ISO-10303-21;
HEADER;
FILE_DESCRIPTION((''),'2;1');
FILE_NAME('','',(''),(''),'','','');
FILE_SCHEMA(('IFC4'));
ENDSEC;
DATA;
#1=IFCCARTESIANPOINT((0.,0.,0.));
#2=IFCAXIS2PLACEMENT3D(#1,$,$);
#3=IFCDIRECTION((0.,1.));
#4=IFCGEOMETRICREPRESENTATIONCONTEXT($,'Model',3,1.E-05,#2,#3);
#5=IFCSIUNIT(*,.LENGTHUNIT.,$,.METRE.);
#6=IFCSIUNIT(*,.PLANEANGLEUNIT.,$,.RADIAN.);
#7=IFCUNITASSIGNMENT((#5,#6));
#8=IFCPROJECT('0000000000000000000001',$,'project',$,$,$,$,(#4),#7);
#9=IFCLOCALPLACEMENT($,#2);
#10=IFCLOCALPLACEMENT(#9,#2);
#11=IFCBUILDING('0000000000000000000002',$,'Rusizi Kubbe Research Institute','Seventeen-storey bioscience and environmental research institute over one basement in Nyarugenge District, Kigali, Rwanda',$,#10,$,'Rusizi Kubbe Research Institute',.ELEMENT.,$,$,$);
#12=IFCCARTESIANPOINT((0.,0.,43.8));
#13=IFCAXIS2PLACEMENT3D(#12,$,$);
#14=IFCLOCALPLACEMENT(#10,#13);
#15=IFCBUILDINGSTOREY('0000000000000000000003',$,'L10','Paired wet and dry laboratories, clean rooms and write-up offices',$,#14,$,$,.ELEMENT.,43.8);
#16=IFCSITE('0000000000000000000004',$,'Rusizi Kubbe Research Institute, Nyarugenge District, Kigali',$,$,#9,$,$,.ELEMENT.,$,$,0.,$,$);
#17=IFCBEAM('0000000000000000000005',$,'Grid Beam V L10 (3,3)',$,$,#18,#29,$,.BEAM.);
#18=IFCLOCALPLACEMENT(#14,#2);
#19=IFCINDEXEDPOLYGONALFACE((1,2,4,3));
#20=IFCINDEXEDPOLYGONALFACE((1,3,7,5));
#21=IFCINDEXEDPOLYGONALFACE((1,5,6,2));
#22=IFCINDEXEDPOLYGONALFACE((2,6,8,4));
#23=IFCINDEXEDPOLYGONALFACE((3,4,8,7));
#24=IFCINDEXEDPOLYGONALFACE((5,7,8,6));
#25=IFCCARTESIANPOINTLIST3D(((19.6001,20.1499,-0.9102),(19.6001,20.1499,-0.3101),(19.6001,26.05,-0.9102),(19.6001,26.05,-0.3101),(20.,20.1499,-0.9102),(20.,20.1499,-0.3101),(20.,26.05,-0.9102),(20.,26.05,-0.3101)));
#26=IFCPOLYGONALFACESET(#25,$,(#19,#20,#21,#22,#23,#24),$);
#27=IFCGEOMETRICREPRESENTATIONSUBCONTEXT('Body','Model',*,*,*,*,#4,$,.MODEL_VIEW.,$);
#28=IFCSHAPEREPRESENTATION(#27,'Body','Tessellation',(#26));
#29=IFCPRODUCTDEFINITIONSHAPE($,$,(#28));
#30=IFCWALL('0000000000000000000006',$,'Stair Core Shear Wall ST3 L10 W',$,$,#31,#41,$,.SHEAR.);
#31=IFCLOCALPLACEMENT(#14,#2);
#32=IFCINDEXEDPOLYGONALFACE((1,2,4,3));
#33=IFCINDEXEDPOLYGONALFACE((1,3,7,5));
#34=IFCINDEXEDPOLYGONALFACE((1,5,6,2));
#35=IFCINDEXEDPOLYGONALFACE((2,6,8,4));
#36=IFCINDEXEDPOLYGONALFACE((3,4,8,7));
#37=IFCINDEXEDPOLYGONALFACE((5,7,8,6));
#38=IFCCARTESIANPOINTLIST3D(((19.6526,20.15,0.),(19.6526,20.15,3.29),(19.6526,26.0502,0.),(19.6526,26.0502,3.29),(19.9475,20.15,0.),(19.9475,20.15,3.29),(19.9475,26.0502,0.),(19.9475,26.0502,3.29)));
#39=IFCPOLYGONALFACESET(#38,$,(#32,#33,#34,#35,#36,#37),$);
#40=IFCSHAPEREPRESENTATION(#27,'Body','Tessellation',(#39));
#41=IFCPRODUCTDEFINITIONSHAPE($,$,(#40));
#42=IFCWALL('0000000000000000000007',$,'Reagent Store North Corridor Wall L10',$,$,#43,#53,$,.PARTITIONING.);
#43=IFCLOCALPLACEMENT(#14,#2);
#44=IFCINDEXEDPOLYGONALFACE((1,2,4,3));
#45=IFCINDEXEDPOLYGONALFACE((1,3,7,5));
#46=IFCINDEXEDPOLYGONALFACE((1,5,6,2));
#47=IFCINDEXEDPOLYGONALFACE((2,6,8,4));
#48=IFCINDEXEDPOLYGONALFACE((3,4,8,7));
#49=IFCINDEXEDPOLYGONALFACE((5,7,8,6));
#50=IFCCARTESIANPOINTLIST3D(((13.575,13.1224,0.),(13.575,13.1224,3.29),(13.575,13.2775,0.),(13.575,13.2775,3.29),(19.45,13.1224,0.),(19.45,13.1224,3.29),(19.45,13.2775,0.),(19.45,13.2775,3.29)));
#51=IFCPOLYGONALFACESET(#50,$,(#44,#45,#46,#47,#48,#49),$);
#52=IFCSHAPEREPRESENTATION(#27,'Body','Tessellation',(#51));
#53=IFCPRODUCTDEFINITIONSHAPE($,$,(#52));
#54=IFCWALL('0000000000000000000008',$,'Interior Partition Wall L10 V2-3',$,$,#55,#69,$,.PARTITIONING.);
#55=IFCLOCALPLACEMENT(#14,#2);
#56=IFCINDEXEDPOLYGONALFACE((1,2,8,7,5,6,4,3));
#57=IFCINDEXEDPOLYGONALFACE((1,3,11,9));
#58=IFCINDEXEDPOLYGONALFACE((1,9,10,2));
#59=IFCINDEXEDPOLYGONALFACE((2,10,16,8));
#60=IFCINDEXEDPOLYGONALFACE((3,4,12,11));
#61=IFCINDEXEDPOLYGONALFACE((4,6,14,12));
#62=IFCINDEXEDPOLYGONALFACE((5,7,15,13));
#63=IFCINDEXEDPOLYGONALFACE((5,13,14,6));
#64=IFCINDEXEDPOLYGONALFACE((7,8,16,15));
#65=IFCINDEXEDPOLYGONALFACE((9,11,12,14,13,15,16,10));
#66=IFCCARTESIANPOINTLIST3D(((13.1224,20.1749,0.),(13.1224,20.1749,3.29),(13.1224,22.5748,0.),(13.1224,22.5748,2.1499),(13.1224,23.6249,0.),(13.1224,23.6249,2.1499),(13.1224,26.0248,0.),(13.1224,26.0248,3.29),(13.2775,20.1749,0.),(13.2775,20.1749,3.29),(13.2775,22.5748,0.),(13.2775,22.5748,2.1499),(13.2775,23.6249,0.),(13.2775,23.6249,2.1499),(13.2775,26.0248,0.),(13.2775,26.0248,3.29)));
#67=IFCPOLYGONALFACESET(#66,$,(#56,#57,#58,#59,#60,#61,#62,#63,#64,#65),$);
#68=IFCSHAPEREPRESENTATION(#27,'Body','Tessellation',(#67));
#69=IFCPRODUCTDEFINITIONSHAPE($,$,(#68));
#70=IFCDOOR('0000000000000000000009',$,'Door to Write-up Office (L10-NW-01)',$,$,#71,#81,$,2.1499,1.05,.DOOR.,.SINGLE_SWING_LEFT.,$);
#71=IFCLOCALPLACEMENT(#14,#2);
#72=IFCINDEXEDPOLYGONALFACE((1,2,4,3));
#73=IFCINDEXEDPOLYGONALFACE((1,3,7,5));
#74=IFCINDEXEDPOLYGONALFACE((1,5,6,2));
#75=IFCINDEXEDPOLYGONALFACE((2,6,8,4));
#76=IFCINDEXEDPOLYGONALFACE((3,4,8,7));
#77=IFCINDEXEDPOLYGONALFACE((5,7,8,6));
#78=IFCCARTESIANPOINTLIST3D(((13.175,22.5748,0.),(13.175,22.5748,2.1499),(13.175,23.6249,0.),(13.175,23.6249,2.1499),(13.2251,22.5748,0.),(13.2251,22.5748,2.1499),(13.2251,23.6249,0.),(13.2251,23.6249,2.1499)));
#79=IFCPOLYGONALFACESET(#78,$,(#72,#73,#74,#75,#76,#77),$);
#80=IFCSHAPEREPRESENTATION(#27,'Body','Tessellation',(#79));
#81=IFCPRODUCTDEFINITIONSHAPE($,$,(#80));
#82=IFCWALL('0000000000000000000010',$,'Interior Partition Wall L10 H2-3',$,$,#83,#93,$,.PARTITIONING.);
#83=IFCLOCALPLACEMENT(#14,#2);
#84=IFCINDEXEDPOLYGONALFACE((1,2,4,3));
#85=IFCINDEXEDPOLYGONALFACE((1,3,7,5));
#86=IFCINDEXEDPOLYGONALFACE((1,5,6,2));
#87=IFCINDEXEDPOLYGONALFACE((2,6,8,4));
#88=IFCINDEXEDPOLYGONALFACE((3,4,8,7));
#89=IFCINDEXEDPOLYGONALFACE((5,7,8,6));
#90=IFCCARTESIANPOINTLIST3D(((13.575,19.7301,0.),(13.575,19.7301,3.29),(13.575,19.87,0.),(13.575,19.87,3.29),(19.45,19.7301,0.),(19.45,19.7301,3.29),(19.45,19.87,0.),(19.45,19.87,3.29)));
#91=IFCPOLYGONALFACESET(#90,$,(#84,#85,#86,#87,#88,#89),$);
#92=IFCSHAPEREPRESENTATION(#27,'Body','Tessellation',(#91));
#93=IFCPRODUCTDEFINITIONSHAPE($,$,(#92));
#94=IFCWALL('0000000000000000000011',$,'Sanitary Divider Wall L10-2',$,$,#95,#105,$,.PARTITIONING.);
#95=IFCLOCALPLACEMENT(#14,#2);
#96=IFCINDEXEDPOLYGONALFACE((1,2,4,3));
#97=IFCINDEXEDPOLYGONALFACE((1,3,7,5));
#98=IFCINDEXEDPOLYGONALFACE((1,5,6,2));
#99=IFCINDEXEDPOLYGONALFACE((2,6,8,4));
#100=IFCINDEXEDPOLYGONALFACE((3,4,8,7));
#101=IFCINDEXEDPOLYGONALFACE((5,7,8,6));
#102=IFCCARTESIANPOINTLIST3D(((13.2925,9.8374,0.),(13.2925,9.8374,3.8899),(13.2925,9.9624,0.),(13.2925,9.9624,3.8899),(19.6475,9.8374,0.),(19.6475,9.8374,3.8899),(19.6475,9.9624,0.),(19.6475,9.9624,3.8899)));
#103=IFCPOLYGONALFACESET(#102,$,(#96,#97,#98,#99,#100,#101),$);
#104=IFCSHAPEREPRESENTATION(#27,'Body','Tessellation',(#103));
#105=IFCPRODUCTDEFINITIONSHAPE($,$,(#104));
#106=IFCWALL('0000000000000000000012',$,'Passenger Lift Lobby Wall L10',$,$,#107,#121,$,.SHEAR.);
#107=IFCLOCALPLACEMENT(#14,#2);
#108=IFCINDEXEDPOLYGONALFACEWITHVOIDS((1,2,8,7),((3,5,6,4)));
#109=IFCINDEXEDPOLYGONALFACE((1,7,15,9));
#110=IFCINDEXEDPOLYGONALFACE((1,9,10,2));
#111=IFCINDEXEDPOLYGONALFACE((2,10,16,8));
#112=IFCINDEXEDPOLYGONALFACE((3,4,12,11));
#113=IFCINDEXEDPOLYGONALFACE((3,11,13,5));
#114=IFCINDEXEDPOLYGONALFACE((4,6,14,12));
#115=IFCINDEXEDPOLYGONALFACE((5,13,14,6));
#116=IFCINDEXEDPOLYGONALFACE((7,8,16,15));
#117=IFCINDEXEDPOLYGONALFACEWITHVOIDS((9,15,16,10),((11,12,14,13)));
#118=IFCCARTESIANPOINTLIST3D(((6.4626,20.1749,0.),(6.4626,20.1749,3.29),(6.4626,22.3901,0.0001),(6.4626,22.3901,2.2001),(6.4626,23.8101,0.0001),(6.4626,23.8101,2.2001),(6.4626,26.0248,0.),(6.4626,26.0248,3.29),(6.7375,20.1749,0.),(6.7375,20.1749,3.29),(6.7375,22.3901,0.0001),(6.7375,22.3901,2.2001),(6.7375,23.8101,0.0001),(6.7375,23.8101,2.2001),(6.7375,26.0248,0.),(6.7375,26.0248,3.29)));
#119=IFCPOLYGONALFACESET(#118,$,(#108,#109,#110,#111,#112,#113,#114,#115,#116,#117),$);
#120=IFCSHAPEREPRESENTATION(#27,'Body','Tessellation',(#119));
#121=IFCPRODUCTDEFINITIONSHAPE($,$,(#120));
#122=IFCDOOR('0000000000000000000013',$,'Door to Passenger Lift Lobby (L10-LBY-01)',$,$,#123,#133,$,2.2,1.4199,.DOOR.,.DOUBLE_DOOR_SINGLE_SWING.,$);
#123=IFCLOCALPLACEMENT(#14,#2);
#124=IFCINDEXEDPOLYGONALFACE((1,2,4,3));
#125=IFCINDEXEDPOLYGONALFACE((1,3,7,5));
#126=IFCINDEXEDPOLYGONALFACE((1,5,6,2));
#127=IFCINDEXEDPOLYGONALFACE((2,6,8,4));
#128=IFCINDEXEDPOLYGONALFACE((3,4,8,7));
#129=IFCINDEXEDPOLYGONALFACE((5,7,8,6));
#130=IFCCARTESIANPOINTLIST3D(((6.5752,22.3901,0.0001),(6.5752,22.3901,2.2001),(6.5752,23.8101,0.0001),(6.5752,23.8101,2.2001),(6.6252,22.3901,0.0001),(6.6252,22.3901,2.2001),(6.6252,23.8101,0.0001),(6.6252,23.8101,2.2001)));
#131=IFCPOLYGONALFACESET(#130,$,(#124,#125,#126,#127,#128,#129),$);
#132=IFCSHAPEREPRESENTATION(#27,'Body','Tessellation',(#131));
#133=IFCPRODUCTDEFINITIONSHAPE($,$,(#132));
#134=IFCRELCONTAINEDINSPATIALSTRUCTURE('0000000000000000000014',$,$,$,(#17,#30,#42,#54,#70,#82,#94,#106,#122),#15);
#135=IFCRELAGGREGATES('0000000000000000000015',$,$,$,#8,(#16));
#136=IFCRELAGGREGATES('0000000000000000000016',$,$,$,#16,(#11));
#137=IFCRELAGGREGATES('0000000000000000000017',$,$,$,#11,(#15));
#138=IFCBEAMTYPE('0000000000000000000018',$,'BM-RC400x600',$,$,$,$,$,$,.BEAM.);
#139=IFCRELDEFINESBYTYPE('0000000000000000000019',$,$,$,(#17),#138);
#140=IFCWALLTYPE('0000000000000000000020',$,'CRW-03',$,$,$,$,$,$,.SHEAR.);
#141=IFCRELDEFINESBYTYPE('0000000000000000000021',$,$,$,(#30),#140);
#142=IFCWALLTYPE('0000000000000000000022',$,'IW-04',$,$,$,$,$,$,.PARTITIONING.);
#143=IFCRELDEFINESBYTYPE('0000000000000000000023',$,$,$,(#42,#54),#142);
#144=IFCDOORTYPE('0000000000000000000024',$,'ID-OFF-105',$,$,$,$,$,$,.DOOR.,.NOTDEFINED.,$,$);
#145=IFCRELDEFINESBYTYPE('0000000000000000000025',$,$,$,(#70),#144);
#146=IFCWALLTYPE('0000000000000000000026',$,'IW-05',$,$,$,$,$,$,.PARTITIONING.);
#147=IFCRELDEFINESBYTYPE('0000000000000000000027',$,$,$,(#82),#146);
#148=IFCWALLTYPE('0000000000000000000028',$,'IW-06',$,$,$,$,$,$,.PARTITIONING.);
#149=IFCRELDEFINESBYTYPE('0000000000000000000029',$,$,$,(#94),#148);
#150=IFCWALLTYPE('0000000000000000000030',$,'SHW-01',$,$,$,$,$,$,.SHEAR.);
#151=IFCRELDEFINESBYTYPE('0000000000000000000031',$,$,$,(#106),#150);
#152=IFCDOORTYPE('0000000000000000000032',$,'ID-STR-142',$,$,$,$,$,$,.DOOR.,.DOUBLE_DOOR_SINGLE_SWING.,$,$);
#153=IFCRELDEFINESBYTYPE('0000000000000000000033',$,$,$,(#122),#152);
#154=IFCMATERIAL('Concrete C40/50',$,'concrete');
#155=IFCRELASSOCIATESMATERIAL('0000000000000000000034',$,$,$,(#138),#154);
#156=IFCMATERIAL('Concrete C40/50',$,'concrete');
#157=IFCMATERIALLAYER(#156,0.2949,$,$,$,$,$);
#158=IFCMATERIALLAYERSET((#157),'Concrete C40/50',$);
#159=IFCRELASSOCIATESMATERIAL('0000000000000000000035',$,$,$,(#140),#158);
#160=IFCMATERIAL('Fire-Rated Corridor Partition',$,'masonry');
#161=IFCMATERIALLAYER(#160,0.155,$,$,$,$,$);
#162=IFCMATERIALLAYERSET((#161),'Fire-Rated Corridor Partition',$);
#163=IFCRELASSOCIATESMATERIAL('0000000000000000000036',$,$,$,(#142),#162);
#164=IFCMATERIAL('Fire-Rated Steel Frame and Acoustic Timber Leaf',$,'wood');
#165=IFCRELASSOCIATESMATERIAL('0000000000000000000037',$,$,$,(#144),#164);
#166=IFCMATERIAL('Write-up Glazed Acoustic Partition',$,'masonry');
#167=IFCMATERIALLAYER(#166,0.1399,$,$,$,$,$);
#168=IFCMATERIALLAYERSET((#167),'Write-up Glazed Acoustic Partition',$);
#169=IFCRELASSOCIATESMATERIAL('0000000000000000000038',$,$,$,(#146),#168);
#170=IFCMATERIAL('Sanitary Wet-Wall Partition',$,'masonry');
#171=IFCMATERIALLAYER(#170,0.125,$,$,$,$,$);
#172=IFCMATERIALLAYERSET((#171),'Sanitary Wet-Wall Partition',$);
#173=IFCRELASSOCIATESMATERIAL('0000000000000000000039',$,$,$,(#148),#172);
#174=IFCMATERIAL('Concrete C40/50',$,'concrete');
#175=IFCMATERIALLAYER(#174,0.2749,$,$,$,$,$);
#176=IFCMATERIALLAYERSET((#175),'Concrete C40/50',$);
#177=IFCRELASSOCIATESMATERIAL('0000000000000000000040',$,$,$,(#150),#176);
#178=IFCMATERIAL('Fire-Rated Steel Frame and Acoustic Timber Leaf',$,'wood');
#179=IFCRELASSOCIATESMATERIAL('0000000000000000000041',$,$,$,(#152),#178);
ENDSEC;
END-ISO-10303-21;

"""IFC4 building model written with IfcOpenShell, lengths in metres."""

from ifc_helpers import new_model, si_unit, direction, frame, frame_2d, origin, origin_2d, place, context, subcontext, project, spatial, rectangle, extrude, material, layer, layer_set, material_profile, profile_set, type_object, element, fill, save


model = new_model("IFC4")

# Units and contexts
model_context = context("Model", 3, precision=1e-05, world=origin(), true_north=direction((0.0, 1.0)))
body_context = subcontext(model_context, "Body", "Model", "MODEL_VIEW")
ifc_project = project(units=[si_unit("LENGTHUNIT", "METRE"), si_unit("PLANEANGLEUNIT", "RADIAN")], contexts=[model_context])

# Site, building, storey
site_placement = place(None, origin())
site = spatial("IfcSite", under=ifc_project, at=site_placement, Name="Rusizi Kubbe Research Institute, Nyarugenge District, Kigali", CompositionType="ELEMENT", RefElevation=0.0)
building_placement = place(site_placement, origin())
building = spatial("IfcBuilding", under=site, at=building_placement, Name="Rusizi Kubbe Research Institute", Description="Seventeen-storey bioscience and environmental research institute over one basement in Nyarugenge District, Kigali, Rwanda", LongName="Rusizi Kubbe Research Institute", CompositionType="ELEMENT")
storey_placement = place(building_placement, frame((0.0, 0.0, 43.8)))
storey = spatial("IfcBuildingStorey", under=building, at=storey_placement, Name="L10", Description="Paired wet and dry laboratories, clean rooms and write-up offices", CompositionType="ELEMENT", Elevation=43.8)

# Beam
ifc_material_1 = material(Name="Concrete C40/50", Category="concrete")
ifc_material_profile_1 = material_profile(ifc_material_1, rectangle(XDim=0.3999, YDim=0.6001, at=origin_2d()), Name="RC400x600")
ifc_profile_set_1 = profile_set([ifc_material_profile_1], Name="Concrete C40/50")
beam_type = type_object("IfcBeamType", Name="BM-RC400x600", PredefinedType="BEAM", material=ifc_profile_set_1)
beam_1_placement = place(storey_placement, frame((19.8, 20.1499, -0.6101), z_axis=(0.0, 1.0, 0.0), x_axis=(-1.0, 0.0, 0.0)))
element("IfcBeam", 1, at=beam_1_placement, inside=storey, type_object=beam_type, Name="Grid Beam V L10 (3,3)", PredefinedType="BEAM", context=body_context, shape_type="SweptSolid", body=[
    extrude(rectangle(XDim=0.3999, YDim=0.6001, at=origin_2d()), origin(), (0.0, 0.0, 1.0), 5.9001),
])

# Walls
ifc_material_2 = material(Name="Concrete C40/50", Category="concrete")
ifc_layer_1 = layer(ifc_material_2, 0.2949)
ifc_layer_set_1 = layer_set([ifc_layer_1], Name="Concrete C40/50")
wall_type_1 = type_object("IfcWallType", Name="CRW-03", PredefinedType="SHEAR", material=ifc_layer_set_1)
wall_1_placement = place(storey_placement, frame((19.8, 20.1499, 0.0), z_axis=(0.0, 0.0, 1.0), x_axis=(0.0, 1.0, 0.0)))
element("IfcWall", 2, at=wall_1_placement, inside=storey, type_object=wall_type_1, Name="Stair Core Shear Wall ST3 L10 W", PredefinedType="SHEAR", context=body_context, shape_type="SweptSolid", body=[
    extrude(rectangle(XDim=5.9001, YDim=0.2949, at=frame_2d((2.9502, 0.0))), origin(), (0.0, 0.0, 1.0), 3.29),
])
ifc_material_3 = material(Name="Fire-Rated Corridor Partition", Category="masonry")
ifc_layer_2 = layer(ifc_material_3, 0.155)
ifc_layer_set_2 = layer_set([ifc_layer_2], Name="Fire-Rated Corridor Partition")
wall_type_2 = type_object("IfcWallType", Name="IW-04", PredefinedType="PARTITIONING", material=ifc_layer_set_2)
wall_2_placement = place(storey_placement, frame((13.575, 13.2, 0.0), z_axis=(0.0, 0.0, 1.0), x_axis=(1.0, 0.0, 0.0)))
element("IfcWall", 3, at=wall_2_placement, inside=storey, type_object=wall_type_2, Name="Reagent Store North Corridor Wall L10", PredefinedType="PARTITIONING", context=body_context, shape_type="SweptSolid", body=[
    extrude(rectangle(XDim=5.875, YDim=0.155, at=frame_2d((2.9375, 0.0))), origin(), (0.0, 0.0, 1.0), 3.29),
])

# Wall, opening, door
wall_3_placement = place(storey_placement, frame((13.2, 20.175, 0.0), z_axis=(0.0, 0.0, 1.0), x_axis=(0.0, 1.0, 0.0)))
wall_3 = element("IfcWall", 4, at=wall_3_placement, inside=storey, type_object=wall_type_2, Name="Interior Partition Wall L10 V2-3", PredefinedType="PARTITIONING", context=body_context, shape_type="SweptSolid", body=[
    extrude(rectangle(XDim=5.8499, YDim=0.155, at=frame_2d((2.9248, 0.0))), origin(), (0.0, 0.0, 1.0), 3.29),
])
opening_1_placement = place(wall_3_placement, frame((2.3999, 0.0, 0.0)))
opening_1 = element("IfcOpeningElement", 5, at=opening_1_placement, cuts=wall_3, PredefinedType="OPENING", context=body_context, shape_type="SweptSolid", body=[
    extrude(rectangle(XDim=1.05, YDim=2.1499, at=frame_2d((0.5249, 1.075))), frame((0.0, 0.0874, 0.0), z_axis=(0.0, -1.0, 0.0), x_axis=(1.0, 0.0, 0.0)), (0.0, 0.0, 1.0), 0.175),
])
ifc_material_4 = material(Name="Fire-Rated Steel Frame and Acoustic Timber Leaf", Category="wood")
door_type_1 = type_object("IfcDoorType", Name="ID-OFF-105", OperationType="NOTDEFINED", PredefinedType="DOOR", material=ifc_material_4)
door_1_placement = place(opening_1_placement, origin())
door_1 = element("IfcDoor", 6, at=door_1_placement, inside=storey, type_object=door_type_1, Name="Door to Write-up Office (L10-NW-01)", OperationType="SINGLE_SWING_LEFT", OverallHeight=2.1499, OverallWidth=1.05, PredefinedType="DOOR", context=body_context, shape_type="SweptSolid", body=[
    extrude(rectangle(XDim=1.05, YDim=2.1499, at=frame_2d((0.5249, 1.075))), frame((0.0, 0.0249, 0.0), z_axis=(0.0, -1.0, 0.0), x_axis=(1.0, 0.0, 0.0)), (0.0, 0.0, 1.0), 0.05),
])
fill(opening_1, door_1)

# Walls
ifc_material_5 = material(Name="Write-up Glazed Acoustic Partition", Category="masonry")
ifc_layer_3 = layer(ifc_material_5, 0.1399)
ifc_layer_set_3 = layer_set([ifc_layer_3], Name="Write-up Glazed Acoustic Partition")
wall_type_3 = type_object("IfcWallType", Name="IW-05", PredefinedType="PARTITIONING", material=ifc_layer_set_3)
wall_4_placement = place(storey_placement, frame((13.575, 19.8, 0.0), z_axis=(0.0, 0.0, 1.0), x_axis=(1.0, 0.0, 0.0)))
element("IfcWall", 7, at=wall_4_placement, inside=storey, type_object=wall_type_3, Name="Interior Partition Wall L10 H2-3", PredefinedType="PARTITIONING", context=body_context, shape_type="SweptSolid", body=[
    extrude(rectangle(XDim=5.875, YDim=0.1399, at=frame_2d((2.9375, 0.0))), origin(), (0.0, 0.0, 1.0), 3.29),
])
ifc_material_6 = material(Name="Sanitary Wet-Wall Partition", Category="masonry")
ifc_layer_4 = layer(ifc_material_6, 0.125)
ifc_layer_set_4 = layer_set([ifc_layer_4], Name="Sanitary Wet-Wall Partition")
wall_type_4 = type_object("IfcWallType", Name="IW-06", PredefinedType="PARTITIONING", material=ifc_layer_set_4)
wall_5_placement = place(storey_placement, frame((13.2925, 9.8999, 0.0), z_axis=(0.0, 0.0, 1.0), x_axis=(1.0, 0.0, 0.0)))
element("IfcWall", 8, at=wall_5_placement, inside=storey, type_object=wall_type_4, Name="Sanitary Divider Wall L10-2", PredefinedType="PARTITIONING", context=body_context, shape_type="SweptSolid", body=[
    extrude(rectangle(XDim=6.355, YDim=0.125, at=frame_2d((3.1775, 0.0))), origin(), (0.0, 0.0, 1.0), 3.8899),
])

# Wall, opening, door
ifc_material_7 = material(Name="Concrete C40/50", Category="concrete")
ifc_layer_5 = layer(ifc_material_7, 0.2749)
ifc_layer_set_5 = layer_set([ifc_layer_5], Name="Concrete C40/50")
wall_type_5 = type_object("IfcWallType", Name="SHW-01", PredefinedType="SHEAR", material=ifc_layer_set_5)
wall_6_placement = place(storey_placement, frame((6.6001, 20.175, 0.0), z_axis=(0.0, 0.0, 1.0), x_axis=(0.0, 1.0, 0.0)))
wall_6 = element("IfcWall", 9, at=wall_6_placement, inside=storey, type_object=wall_type_5, Name="Passenger Lift Lobby Wall L10", PredefinedType="SHEAR", context=body_context, shape_type="SweptSolid", body=[
    extrude(rectangle(XDim=5.8499, YDim=0.2749, at=frame_2d((2.9248, 0.0))), origin(), (0.0, 0.0, 1.0), 3.29),
])
opening_2_placement = place(wall_6_placement, frame((2.2151, 0.0, 0.0)))
opening_2 = element("IfcOpeningElement", 10, at=opening_2_placement, cuts=wall_6, PredefinedType="OPENING", context=body_context, shape_type="SweptSolid", body=[
    extrude(rectangle(XDim=1.4199, YDim=2.2, at=frame_2d((0.71, 1.1001))), frame((0.0, 0.1475, 0.0), z_axis=(0.0, -1.0, 0.0), x_axis=(1.0, 0.0, 0.0)), (0.0, 0.0, 1.0), 0.2949),
])
ifc_material_8 = material(Name="Fire-Rated Steel Frame and Acoustic Timber Leaf", Category="wood")
door_type_2 = type_object("IfcDoorType", Name="ID-STR-142", OperationType="DOUBLE_DOOR_SINGLE_SWING", PredefinedType="DOOR", material=ifc_material_8)
door_2_placement = place(opening_2_placement, origin())
door_2 = element("IfcDoor", 11, at=door_2_placement, inside=storey, type_object=door_type_2, Name="Door to Passenger Lift Lobby (L10-LBY-01)", OperationType="DOUBLE_DOOR_SINGLE_SWING", OverallHeight=2.2, OverallWidth=1.4199, PredefinedType="DOOR", context=body_context, shape_type="SweptSolid", body=[
    extrude(rectangle(XDim=1.4199, YDim=2.2, at=frame_2d((0.71, 1.1001))), frame((0.0, 0.0249, 0.0), z_axis=(0.0, -1.0, 0.0), x_axis=(1.0, 0.0, 0.0)), (0.0, 0.0, 1.0), 0.05),
])
fill(opening_2, door_2)

save(model, "model.ifc")
